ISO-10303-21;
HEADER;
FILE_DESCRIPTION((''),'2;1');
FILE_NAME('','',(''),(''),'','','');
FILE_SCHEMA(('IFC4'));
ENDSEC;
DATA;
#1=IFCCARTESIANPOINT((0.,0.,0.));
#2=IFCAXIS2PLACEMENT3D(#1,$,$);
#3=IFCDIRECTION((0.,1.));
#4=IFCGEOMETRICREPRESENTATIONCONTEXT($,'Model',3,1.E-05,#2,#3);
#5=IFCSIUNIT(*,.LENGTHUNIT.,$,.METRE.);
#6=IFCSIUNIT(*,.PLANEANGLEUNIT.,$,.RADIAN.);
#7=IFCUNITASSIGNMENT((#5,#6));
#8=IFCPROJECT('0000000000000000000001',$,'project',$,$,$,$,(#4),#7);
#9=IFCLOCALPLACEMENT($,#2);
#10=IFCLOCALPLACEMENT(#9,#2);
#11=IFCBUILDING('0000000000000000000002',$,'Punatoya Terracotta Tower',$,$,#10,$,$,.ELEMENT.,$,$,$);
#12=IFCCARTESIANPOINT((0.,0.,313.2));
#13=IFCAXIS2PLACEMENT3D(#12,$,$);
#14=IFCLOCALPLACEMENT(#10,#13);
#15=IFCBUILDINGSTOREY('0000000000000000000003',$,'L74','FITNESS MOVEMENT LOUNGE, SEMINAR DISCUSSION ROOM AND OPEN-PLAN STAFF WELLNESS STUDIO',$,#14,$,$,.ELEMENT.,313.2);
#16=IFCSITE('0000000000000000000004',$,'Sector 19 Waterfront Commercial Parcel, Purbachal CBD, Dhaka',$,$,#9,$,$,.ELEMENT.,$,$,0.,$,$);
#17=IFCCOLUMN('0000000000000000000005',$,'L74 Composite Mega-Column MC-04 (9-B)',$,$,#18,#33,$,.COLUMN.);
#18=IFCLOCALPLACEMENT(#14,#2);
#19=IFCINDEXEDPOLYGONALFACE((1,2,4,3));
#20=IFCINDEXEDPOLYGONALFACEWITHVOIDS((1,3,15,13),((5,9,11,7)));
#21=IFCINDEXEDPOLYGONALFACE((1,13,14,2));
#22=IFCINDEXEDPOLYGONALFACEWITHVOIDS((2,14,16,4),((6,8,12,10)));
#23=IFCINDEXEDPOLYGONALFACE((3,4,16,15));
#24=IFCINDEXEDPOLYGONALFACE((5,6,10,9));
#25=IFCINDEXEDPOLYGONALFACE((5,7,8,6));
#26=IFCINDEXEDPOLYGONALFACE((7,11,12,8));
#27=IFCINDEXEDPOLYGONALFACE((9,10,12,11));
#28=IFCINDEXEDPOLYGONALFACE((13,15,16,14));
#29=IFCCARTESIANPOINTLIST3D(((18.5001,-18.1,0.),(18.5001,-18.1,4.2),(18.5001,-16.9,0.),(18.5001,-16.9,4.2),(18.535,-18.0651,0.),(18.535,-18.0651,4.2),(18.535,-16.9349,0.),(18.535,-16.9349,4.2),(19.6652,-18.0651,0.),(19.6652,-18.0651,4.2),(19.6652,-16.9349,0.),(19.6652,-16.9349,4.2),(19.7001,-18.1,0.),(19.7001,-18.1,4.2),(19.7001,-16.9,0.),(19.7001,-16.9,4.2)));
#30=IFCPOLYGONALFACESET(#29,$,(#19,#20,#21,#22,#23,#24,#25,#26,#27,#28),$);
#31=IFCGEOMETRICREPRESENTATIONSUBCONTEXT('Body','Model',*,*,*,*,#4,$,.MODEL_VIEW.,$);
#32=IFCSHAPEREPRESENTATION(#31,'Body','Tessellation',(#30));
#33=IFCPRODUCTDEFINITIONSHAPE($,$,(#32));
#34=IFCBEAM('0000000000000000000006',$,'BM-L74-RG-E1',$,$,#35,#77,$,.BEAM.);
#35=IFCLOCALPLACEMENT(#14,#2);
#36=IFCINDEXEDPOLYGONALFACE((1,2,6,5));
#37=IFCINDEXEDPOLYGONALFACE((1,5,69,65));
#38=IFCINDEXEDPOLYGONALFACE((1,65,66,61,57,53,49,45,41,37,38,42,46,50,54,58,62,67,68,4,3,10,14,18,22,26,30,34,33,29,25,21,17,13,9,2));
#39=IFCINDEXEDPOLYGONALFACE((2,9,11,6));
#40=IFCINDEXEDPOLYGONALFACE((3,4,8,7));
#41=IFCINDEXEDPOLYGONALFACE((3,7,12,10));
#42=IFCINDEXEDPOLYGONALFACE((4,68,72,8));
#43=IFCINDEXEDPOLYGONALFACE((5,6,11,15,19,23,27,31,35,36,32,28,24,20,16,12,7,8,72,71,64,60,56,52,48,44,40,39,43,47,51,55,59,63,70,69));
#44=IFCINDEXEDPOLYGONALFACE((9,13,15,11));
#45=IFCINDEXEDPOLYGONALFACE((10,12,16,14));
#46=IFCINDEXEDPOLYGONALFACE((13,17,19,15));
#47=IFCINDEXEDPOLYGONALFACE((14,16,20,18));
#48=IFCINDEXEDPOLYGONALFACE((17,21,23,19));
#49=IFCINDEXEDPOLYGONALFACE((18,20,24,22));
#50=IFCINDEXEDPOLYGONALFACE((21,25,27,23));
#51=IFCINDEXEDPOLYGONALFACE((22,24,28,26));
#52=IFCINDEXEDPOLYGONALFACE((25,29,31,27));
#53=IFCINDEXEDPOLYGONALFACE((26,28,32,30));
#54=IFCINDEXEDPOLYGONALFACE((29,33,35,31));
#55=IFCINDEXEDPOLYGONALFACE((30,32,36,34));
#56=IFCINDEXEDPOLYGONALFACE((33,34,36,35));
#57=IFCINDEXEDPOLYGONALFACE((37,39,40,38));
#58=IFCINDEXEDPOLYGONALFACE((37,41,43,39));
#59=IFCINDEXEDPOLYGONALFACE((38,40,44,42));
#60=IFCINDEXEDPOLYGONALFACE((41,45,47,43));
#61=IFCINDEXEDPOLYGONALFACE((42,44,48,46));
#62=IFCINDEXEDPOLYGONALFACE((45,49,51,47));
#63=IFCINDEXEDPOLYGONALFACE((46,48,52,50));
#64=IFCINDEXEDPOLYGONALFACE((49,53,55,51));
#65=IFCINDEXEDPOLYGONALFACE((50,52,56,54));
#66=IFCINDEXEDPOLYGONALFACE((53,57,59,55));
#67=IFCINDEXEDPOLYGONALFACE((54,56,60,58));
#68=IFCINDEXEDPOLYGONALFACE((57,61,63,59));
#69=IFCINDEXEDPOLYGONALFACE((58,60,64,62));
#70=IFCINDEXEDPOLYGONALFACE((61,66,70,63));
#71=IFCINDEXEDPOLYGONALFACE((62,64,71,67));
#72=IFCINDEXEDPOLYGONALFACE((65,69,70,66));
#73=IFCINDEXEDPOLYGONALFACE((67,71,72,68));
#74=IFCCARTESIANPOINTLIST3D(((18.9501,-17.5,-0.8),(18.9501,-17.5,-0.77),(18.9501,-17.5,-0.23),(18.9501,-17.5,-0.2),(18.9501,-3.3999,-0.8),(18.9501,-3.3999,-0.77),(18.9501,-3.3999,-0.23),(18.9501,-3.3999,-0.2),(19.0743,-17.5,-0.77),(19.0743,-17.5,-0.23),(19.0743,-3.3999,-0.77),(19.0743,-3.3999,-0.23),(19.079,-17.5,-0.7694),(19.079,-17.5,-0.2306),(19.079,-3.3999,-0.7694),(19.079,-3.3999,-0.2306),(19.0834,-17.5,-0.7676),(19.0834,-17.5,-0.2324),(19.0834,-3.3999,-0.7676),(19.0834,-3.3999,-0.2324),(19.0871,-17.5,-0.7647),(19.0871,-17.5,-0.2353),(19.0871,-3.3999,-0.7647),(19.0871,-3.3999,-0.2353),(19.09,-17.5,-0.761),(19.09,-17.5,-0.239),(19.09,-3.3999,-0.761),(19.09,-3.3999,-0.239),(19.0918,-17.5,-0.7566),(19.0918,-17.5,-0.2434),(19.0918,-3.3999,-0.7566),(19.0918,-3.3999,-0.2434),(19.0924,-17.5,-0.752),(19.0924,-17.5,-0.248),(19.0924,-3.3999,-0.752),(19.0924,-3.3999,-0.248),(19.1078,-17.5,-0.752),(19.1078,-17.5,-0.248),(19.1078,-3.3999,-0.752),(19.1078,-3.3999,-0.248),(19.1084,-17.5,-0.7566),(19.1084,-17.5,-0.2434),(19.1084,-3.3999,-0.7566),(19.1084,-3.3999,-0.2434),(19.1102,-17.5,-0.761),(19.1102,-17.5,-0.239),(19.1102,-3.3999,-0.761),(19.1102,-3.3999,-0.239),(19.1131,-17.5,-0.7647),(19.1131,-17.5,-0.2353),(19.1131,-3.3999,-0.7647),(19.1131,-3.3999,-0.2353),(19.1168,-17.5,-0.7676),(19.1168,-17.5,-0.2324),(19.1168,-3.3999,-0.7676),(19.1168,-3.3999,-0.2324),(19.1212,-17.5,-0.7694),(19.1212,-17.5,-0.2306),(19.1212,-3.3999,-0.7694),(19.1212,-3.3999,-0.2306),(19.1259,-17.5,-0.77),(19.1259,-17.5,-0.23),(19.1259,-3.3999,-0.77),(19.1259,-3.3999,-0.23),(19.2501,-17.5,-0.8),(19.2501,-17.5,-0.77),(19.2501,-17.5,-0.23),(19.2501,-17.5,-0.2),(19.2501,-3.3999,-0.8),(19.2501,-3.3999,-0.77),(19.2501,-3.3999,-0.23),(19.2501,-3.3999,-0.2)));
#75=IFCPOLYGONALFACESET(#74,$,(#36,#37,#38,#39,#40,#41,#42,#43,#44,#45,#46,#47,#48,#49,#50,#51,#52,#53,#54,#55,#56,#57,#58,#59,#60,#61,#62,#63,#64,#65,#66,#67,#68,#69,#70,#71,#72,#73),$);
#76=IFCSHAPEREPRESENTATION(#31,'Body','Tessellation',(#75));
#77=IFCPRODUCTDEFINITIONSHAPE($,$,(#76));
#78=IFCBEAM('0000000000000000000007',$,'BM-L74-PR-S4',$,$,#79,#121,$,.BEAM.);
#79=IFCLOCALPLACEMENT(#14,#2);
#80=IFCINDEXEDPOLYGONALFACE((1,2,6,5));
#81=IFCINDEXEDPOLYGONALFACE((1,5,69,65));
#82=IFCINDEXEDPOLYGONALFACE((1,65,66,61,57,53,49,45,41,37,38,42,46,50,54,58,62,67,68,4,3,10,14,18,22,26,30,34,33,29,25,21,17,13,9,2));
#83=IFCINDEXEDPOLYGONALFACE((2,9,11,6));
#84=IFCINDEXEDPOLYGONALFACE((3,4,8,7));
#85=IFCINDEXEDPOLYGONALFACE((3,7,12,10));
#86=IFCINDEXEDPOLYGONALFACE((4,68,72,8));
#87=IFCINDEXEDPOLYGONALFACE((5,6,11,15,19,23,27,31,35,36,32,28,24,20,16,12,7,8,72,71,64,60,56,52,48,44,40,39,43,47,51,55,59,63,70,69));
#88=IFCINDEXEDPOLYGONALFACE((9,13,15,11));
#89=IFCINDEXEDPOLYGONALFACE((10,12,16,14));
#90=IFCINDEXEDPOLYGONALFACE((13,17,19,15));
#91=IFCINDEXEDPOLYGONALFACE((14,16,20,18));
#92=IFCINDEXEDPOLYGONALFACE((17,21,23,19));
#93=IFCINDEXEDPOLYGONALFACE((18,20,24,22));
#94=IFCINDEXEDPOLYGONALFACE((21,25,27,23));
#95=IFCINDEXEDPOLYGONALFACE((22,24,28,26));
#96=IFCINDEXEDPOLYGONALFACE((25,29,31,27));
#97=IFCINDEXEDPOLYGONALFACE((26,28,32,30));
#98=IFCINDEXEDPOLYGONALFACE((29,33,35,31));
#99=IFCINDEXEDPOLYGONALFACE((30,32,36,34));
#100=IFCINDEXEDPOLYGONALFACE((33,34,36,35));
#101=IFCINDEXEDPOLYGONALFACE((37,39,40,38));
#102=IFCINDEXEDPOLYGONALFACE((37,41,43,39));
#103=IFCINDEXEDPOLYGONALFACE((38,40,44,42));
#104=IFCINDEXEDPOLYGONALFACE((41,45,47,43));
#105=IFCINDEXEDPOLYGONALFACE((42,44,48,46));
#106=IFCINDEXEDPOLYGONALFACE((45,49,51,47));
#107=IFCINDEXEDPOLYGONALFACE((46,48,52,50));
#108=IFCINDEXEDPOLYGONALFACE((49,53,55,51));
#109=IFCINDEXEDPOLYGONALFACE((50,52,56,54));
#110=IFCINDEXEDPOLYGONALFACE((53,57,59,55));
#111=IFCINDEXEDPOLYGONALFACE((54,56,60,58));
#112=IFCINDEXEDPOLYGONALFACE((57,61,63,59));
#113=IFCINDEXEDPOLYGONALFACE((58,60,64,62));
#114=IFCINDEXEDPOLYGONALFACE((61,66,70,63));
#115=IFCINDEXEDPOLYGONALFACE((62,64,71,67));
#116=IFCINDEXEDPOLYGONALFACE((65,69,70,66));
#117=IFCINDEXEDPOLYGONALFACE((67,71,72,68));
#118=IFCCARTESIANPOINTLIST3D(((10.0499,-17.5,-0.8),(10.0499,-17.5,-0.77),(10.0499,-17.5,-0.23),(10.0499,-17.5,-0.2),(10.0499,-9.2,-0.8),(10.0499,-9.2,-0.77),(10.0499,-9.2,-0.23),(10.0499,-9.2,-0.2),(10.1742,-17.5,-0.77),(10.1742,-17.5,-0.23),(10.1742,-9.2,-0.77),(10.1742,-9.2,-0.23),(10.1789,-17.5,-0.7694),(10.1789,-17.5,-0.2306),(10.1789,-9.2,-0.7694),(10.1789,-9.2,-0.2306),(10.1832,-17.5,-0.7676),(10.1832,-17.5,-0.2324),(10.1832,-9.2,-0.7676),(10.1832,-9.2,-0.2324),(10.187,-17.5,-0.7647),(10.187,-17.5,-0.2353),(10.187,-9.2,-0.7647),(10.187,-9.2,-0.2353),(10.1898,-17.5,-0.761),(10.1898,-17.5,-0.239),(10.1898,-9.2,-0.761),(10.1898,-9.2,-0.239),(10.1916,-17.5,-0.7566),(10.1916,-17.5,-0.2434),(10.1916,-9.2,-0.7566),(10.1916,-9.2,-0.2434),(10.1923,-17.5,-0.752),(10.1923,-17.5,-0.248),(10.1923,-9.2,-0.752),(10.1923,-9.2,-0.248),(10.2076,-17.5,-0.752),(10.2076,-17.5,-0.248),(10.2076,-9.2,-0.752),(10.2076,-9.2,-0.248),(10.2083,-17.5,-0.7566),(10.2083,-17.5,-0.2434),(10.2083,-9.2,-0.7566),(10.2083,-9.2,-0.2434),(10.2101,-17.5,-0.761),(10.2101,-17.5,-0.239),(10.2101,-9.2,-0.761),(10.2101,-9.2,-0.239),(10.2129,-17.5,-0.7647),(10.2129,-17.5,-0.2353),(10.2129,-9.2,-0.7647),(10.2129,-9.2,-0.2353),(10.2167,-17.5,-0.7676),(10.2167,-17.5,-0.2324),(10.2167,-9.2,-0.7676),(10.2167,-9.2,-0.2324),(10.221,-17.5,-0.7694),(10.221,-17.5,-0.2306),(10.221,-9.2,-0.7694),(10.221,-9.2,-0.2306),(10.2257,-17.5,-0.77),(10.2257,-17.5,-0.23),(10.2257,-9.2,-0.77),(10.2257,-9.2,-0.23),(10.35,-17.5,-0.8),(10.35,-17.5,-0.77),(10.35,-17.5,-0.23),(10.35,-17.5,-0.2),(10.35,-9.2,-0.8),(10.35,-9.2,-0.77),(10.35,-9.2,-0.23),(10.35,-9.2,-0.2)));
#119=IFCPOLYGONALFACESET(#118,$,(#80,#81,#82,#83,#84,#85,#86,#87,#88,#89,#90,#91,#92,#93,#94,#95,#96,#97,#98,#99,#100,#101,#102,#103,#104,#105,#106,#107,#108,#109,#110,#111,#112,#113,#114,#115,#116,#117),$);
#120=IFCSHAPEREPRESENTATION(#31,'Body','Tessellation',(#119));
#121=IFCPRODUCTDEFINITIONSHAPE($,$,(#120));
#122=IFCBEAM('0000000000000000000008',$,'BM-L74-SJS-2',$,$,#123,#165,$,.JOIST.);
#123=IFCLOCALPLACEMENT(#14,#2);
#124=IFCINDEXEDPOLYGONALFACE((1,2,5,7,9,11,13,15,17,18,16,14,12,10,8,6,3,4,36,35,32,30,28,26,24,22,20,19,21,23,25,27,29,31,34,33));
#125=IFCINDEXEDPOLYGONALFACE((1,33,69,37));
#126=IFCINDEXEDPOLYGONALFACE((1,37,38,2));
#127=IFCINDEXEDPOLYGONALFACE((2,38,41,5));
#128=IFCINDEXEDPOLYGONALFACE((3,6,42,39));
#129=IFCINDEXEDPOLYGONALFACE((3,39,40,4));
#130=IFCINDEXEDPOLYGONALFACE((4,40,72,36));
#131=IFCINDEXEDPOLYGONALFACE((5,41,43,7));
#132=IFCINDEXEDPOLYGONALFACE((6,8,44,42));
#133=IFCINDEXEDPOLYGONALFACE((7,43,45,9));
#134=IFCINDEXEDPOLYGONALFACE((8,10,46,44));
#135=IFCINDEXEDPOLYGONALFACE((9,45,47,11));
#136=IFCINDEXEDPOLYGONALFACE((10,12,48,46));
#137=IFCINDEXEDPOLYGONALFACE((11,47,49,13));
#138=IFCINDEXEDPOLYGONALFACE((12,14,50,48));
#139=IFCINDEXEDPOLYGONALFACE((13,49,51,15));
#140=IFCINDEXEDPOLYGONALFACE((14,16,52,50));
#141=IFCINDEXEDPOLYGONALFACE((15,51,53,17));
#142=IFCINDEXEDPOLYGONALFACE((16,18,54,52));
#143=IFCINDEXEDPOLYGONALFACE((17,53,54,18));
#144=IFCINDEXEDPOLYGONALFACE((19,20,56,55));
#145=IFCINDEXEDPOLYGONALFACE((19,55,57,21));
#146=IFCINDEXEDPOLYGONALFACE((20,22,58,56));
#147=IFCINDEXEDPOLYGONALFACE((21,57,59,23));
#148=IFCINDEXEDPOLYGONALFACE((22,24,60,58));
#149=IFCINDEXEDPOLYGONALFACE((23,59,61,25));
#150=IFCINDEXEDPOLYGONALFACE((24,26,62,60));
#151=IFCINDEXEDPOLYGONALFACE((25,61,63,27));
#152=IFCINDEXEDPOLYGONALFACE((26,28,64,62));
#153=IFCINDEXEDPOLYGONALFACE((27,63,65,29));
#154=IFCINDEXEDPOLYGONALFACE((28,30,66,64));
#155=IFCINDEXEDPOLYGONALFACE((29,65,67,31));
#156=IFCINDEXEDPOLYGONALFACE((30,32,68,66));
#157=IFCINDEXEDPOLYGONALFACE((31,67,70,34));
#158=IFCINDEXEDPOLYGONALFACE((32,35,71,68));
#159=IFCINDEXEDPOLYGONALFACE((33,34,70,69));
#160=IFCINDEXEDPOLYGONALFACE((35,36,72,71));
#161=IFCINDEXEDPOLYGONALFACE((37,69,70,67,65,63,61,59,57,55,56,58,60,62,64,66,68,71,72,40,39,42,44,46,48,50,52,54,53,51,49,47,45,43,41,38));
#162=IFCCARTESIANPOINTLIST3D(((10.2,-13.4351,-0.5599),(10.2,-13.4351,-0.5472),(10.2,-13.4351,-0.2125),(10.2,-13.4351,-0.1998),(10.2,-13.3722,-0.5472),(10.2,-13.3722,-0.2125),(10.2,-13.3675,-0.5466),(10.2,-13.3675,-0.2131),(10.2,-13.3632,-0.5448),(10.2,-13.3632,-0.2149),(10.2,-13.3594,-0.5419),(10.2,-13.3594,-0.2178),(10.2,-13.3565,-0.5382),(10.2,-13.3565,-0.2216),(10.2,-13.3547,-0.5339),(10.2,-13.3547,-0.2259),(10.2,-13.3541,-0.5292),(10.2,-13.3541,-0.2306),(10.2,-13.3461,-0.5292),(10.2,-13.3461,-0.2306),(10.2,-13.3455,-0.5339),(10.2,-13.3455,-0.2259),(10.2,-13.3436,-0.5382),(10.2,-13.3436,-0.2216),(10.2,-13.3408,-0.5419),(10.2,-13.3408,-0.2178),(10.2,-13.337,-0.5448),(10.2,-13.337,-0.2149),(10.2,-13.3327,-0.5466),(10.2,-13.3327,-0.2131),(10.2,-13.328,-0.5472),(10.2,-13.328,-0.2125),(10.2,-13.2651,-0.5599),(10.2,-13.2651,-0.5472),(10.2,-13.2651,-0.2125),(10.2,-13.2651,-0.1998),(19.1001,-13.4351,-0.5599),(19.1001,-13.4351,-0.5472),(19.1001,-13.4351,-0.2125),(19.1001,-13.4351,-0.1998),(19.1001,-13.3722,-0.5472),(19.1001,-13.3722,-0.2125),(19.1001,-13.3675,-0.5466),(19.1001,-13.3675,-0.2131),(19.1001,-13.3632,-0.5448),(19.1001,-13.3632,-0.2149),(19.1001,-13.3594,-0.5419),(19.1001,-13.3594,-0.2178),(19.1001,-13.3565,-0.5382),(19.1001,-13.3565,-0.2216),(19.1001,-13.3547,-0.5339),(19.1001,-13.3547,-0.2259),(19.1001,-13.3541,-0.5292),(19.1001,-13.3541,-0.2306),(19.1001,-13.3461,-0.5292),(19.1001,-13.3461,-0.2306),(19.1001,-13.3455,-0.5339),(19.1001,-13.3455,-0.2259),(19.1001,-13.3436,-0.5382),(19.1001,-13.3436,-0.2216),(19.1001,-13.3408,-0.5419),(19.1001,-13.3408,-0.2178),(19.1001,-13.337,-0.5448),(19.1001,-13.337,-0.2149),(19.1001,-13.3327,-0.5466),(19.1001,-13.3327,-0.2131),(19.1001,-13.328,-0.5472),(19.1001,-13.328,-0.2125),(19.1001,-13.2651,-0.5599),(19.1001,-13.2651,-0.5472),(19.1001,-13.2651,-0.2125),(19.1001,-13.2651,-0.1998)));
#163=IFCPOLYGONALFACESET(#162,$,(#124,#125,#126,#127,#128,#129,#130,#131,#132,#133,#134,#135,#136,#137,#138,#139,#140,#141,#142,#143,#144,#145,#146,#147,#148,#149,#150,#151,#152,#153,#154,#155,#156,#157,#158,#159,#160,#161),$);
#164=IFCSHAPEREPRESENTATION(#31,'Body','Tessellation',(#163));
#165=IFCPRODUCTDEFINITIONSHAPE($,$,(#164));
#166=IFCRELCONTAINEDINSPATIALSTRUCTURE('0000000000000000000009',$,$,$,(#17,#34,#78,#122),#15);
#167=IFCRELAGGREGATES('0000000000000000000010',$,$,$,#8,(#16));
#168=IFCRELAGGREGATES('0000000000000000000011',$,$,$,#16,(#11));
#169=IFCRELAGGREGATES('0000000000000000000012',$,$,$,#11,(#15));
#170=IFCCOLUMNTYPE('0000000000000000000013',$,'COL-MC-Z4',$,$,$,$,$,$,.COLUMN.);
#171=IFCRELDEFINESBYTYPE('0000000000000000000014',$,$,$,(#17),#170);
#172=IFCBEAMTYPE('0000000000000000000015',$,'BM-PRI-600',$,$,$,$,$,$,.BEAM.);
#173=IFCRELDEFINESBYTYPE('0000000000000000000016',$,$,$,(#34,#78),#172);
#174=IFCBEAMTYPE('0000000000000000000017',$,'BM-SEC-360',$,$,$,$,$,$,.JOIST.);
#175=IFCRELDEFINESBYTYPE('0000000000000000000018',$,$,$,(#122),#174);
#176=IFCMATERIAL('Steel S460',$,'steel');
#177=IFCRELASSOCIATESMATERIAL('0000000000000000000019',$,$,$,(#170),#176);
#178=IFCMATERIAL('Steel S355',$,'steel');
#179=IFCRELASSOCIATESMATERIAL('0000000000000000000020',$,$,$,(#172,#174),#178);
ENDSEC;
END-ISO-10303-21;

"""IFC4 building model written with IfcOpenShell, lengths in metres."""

from ifc_helpers import new_model, si_unit, direction, frame, origin, origin_2d, place, context, subcontext, project, spatial, hollow_rectangle, i_section, extrude, material, material_profile, profile_set, type_object, element, save


model = new_model("IFC4")

# Units and contexts
model_context = context("Model", 3, precision=1e-05, world=origin(), true_north=direction((0.0, 1.0)))
body_context = subcontext(model_context, "Body", "Model", "MODEL_VIEW")
ifc_project = project(units=[si_unit("LENGTHUNIT", "METRE"), si_unit("PLANEANGLEUNIT", "RADIAN")], contexts=[model_context])

# Site, building, storey
site_placement = place(None, origin())
site = spatial("IfcSite", under=ifc_project, at=site_placement, Name="Sector 19 Waterfront Commercial Parcel, Purbachal CBD, Dhaka", CompositionType="ELEMENT", RefElevation=0.0)
building_placement = place(site_placement, origin())
building = spatial("IfcBuilding", under=site, at=building_placement, Name="Punatoya Terracotta Tower", CompositionType="ELEMENT")
storey_placement = place(building_placement, frame((0.0, 0.0, 313.2)))
storey = spatial("IfcBuildingStorey", under=building, at=storey_placement, Name="L74", Description="FITNESS MOVEMENT LOUNGE, SEMINAR DISCUSSION ROOM AND OPEN-PLAN STAFF WELLNESS STUDIO", CompositionType="ELEMENT", Elevation=313.2)

# Column
ifc_material_1 = material(Name="Steel S460", Category="steel")
ifc_material_profile_1 = material_profile(ifc_material_1, hollow_rectangle(XDim=1.2, YDim=1.2, WallThickness=0.0349, at=origin_2d()))
ifc_profile_set_1 = profile_set([ifc_material_profile_1], Name="Steel S460")
column_type = type_object("IfcColumnType", Name="COL-MC-Z4", PredefinedType="COLUMN", material=ifc_profile_set_1)
column_placement = place(storey_placement, frame((19.1001, -17.5, 0.0), z_axis=(0.0, 0.0, 1.0), x_axis=(1.0, 0.0, 0.0)))
element("IfcColumn", 1, at=column_placement, inside=storey, type_object=column_type, Name="L74 Composite Mega-Column MC-04 (9-B)", PredefinedType="COLUMN", context=body_context, shape_type="SweptSolid", body=[
    extrude(hollow_rectangle(XDim=1.2, YDim=1.2, WallThickness=0.0349, at=origin_2d()), origin(), (0.0, 0.0, 1.0), 4.2),
])

# Beams
ifc_material_2 = material(Name="Steel S355", Category="steel")
ifc_material_profile_2 = material_profile(ifc_material_2, i_section(OverallWidth=0.3, OverallDepth=0.6001, WebThickness=0.0154, FlangeThickness=0.03, FilletRadius=0.0181, at=origin_2d()))
ifc_profile_set_2 = profile_set([ifc_material_profile_2], Name="Steel S355")
beam_type_1 = type_object("IfcBeamType", Name="BM-PRI-600", PredefinedType="BEAM", material=ifc_profile_set_2)
beam_1_placement = place(storey_placement, frame((19.1001, -17.5, -0.5), z_axis=(0.0, 1.0, 0.0), x_axis=(-1.0, 0.0, 0.0)))
element("IfcBeam", 2, at=beam_1_placement, inside=storey, type_object=beam_type_1, Name="BM-L74-RG-E1", PredefinedType="BEAM", context=body_context, shape_type="SweptSolid", body=[
    extrude(i_section(OverallWidth=0.3, OverallDepth=0.6001, WebThickness=0.0154, FlangeThickness=0.03, FilletRadius=0.0181, at=origin_2d()), origin(), (0.0, 0.0, 1.0), 14.1001),
])
beam_2_placement = place(storey_placement, frame((10.2, -17.5, -0.5), z_axis=(0.0, 1.0, 0.0), x_axis=(-1.0, 0.0, 0.0)))
element("IfcBeam", 3, at=beam_2_placement, inside=storey, type_object=beam_type_1, Name="BM-L74-PR-S4", PredefinedType="BEAM", context=body_context, shape_type="SweptSolid", body=[
    extrude(i_section(OverallWidth=0.3, OverallDepth=0.6001, WebThickness=0.0154, FlangeThickness=0.03, FilletRadius=0.0181, at=origin_2d()), origin(), (0.0, 0.0, 1.0), 8.3),
])
ifc_material_profile_3 = material_profile(ifc_material_2, i_section(OverallWidth=0.1699, OverallDepth=0.3601, WebThickness=0.0081, FlangeThickness=0.0127, FilletRadius=0.0181, at=origin_2d()))
ifc_profile_set_3 = profile_set([ifc_material_profile_3], Name="Steel S355")
beam_type_2 = type_object("IfcBeamType", Name="BM-SEC-360", PredefinedType="JOIST", material=ifc_profile_set_3)
beam_3_placement = place(storey_placement, frame((10.2, -13.3501, -0.3799), z_axis=(1.0, 0.0, 0.0), x_axis=(0.0, 1.0, 0.0)))
element("IfcBeam", 4, at=beam_3_placement, inside=storey, type_object=beam_type_2, Name="BM-L74-SJS-2", PredefinedType="JOIST", context=body_context, shape_type="SweptSolid", body=[
    extrude(i_section(OverallWidth=0.1699, OverallDepth=0.3601, WebThickness=0.0081, FlangeThickness=0.0127, FilletRadius=0.0181, at=origin_2d()), origin(), (0.0, 0.0, 1.0), 8.9001),
])

save(model, "model.ifc")
